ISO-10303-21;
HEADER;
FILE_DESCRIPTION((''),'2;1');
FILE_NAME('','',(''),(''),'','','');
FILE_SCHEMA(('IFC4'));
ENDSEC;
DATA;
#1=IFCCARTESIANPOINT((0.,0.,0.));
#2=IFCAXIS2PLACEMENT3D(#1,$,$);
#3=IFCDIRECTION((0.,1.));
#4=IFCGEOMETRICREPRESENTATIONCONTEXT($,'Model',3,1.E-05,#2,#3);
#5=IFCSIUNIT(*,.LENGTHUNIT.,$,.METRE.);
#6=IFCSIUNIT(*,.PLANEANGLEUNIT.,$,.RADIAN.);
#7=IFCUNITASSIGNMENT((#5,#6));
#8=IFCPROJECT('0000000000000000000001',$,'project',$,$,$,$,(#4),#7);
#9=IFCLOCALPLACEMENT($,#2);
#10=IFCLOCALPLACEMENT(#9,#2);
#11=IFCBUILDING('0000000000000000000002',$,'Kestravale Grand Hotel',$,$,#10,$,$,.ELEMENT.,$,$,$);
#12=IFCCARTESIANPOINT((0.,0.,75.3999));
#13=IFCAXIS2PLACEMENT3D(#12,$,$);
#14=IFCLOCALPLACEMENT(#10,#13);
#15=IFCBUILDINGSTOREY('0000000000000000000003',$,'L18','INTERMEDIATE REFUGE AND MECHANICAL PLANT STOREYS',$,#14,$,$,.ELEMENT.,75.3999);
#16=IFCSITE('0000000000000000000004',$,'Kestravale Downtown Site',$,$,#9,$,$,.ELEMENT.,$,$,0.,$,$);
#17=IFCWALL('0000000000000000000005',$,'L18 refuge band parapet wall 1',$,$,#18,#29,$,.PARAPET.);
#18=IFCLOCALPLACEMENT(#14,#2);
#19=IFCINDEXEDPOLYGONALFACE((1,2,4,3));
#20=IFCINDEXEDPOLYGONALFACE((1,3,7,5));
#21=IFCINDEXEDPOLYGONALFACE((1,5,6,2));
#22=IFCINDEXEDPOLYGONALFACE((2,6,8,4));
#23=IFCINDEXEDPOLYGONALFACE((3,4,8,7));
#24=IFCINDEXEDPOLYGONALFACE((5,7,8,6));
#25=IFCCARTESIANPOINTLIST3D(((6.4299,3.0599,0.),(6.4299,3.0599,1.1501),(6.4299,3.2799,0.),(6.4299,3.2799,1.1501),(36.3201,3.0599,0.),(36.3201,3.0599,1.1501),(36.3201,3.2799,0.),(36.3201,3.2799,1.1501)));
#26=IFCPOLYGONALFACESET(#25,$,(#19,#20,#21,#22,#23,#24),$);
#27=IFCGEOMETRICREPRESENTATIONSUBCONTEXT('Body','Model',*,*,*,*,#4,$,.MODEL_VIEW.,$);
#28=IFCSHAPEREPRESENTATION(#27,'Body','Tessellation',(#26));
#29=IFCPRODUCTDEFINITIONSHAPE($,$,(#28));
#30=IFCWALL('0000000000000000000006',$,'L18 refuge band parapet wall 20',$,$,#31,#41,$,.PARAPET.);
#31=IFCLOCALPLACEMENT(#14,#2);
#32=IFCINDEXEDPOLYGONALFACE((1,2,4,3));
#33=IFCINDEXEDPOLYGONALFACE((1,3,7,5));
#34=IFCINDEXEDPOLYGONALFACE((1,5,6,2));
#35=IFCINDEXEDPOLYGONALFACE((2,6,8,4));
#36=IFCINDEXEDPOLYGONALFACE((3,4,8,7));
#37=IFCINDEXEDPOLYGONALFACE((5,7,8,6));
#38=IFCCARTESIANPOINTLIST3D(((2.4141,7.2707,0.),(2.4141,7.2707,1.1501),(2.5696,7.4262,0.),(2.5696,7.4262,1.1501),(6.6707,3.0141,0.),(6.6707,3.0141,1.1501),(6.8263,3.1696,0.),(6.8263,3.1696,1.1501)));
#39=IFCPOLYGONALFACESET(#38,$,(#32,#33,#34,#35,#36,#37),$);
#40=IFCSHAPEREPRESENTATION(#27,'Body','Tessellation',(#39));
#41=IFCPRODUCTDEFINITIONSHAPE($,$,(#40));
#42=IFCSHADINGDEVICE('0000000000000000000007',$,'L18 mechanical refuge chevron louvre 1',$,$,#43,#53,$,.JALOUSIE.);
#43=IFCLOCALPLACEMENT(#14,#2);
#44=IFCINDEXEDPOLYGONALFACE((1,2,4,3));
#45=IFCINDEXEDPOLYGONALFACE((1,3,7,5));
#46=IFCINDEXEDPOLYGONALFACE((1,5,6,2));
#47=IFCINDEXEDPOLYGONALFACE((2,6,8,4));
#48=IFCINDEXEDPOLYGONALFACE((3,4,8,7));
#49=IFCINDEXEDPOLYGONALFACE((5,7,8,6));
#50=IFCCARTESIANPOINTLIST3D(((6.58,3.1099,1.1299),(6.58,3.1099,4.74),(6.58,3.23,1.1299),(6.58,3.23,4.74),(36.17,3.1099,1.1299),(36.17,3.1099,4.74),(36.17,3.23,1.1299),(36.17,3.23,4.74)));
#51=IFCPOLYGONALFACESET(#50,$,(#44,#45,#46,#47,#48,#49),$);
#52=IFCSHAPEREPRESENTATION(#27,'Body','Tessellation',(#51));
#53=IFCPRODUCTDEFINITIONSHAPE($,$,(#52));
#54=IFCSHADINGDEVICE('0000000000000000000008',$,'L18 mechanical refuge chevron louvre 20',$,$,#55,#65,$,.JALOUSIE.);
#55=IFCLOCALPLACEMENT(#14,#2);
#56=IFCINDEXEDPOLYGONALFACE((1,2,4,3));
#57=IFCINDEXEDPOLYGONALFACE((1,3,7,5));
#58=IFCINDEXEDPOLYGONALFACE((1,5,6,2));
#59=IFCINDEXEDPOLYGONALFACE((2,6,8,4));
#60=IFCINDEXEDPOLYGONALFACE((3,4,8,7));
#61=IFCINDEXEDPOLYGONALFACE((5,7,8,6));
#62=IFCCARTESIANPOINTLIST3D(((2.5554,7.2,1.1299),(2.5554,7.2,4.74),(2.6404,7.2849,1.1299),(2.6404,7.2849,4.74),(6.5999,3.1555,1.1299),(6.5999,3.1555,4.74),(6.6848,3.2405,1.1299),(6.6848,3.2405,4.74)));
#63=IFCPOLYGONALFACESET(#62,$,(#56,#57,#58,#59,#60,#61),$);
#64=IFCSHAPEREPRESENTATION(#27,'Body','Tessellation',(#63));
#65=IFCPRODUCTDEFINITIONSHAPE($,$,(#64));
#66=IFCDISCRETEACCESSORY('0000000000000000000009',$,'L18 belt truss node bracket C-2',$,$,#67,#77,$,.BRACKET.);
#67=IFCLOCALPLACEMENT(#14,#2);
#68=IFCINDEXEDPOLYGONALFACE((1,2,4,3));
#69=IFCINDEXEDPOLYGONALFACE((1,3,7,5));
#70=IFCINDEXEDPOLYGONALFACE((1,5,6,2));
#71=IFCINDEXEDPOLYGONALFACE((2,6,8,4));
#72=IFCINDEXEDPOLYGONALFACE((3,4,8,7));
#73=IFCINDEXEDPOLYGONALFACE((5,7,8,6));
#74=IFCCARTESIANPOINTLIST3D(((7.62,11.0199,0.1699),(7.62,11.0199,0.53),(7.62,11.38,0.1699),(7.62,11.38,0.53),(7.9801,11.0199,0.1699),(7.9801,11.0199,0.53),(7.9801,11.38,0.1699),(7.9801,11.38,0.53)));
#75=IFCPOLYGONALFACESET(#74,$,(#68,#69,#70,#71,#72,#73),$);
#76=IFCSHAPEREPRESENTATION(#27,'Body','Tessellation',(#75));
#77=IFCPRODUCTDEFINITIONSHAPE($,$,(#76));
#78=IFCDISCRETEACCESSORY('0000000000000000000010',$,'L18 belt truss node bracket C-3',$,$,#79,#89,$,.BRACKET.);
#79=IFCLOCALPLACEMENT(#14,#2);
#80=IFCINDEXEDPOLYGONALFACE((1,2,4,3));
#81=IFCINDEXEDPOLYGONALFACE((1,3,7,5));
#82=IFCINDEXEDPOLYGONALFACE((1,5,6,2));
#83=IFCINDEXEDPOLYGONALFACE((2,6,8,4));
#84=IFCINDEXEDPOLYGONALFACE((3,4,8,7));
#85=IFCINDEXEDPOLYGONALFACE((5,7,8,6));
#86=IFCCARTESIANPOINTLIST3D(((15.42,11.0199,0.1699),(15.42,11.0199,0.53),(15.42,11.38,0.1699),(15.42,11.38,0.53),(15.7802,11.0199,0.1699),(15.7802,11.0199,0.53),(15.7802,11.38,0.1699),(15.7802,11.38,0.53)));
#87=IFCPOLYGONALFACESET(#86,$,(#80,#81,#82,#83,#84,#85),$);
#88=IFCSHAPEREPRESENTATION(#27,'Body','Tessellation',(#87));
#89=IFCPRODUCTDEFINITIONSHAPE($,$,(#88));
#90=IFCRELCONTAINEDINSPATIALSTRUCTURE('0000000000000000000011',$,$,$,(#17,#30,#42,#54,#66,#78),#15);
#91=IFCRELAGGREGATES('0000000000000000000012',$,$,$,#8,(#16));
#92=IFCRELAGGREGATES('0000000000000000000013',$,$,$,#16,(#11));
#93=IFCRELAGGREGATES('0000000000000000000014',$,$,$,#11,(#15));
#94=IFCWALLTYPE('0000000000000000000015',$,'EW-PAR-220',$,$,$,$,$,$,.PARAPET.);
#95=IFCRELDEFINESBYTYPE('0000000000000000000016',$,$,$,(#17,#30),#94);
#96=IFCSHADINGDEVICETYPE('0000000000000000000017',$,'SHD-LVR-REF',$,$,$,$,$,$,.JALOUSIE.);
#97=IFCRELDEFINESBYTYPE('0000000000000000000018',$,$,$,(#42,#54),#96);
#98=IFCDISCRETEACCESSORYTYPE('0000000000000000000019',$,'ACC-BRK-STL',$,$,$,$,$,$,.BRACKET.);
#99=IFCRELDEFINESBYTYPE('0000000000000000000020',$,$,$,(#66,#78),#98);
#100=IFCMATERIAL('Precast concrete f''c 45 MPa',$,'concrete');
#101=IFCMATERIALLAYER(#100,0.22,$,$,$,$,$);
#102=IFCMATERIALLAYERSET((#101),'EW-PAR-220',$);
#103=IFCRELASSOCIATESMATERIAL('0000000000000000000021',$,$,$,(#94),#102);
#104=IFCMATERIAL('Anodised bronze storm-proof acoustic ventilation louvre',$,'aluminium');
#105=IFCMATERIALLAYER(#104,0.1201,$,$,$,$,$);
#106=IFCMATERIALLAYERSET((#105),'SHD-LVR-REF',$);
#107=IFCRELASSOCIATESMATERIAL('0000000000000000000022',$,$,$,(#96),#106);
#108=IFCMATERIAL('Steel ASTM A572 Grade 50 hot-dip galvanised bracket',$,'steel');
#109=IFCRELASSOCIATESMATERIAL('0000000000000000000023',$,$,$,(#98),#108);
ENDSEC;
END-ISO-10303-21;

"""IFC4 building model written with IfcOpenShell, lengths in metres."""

from ifc_helpers import new_model, si_unit, direction, frame, frame_2d, origin, origin_2d, place, context, subcontext, project, spatial, rectangle, extrude, material, layer, layer_set, type_object, element, save


model = new_model("IFC4")

# Units and contexts
model_context = context("Model", 3, precision=1e-05, world=origin(), true_north=direction((0.0, 1.0)))
body_context = subcontext(model_context, "Body", "Model", "MODEL_VIEW")
ifc_project = project(units=[si_unit("LENGTHUNIT", "METRE"), si_unit("PLANEANGLEUNIT", "RADIAN")], contexts=[model_context])

# Site, building, storey
site_placement = place(None, origin())
site = spatial("IfcSite", under=ifc_project, at=site_placement, Name="Kestravale Downtown Site", CompositionType="ELEMENT", RefElevation=0.0)
building_placement = place(site_placement, origin())
building = spatial("IfcBuilding", under=site, at=building_placement, Name="Kestravale Grand Hotel", CompositionType="ELEMENT")
storey_placement = place(building_placement, frame((0.0, 0.0, 75.3999)))
storey = spatial("IfcBuildingStorey", under=building, at=storey_placement, Name="L18", Description="INTERMEDIATE REFUGE AND MECHANICAL PLANT STOREYS", CompositionType="ELEMENT", Elevation=75.3999)

# Walls
ifc_material_1 = material(Name="Precast concrete f'c 45 MPa", Category="concrete")
ifc_layer_1 = layer(ifc_material_1, 0.22)
ifc_layer_set_1 = layer_set([ifc_layer_1], Name="EW-PAR-220")
wall_type = type_object("IfcWallType", Name="EW-PAR-220", PredefinedType="PARAPET", material=ifc_layer_set_1)
wall_1_placement = place(storey_placement, frame((6.4299, 3.1699, 0.0), z_axis=(0.0, 0.0, 1.0), x_axis=(1.0, 0.0, 0.0)))
element("IfcWall", 1, at=wall_1_placement, inside=storey, type_object=wall_type, Name="L18 refuge band parapet wall 1", PredefinedType="PARAPET", context=body_context, shape_type="SweptSolid", body=[
    extrude(rectangle(XDim=29.8901, YDim=0.22, at=frame_2d((14.9451, 0.0))), origin(), (0.0, 0.0, 1.0), 1.1501),
])
wall_2_placement = place(storey_placement, frame((2.4919, 7.3484, 0.0), z_axis=(0.0, 0.0, 1.0), x_axis=(0.707107, -0.707107, 0.0)))
element("IfcWall", 2, at=wall_2_placement, inside=storey, type_object=wall_type, Name="L18 refuge band parapet wall 20", PredefinedType="PARAPET", context=body_context, shape_type="SweptSolid", body=[
    extrude(rectangle(XDim=6.0198, YDim=0.22, at=frame_2d((3.0098, 0.0))), origin(), (0.0, 0.0, 1.0), 1.1501),
])

# Shading devices
ifc_material_2 = material(Name="Anodised bronze storm-proof acoustic ventilation louvre", Category="aluminium")
ifc_layer_2 = layer(ifc_material_2, 0.1201)
ifc_layer_set_2 = layer_set([ifc_layer_2], Name="SHD-LVR-REF")
shading_device_type = type_object("IfcShadingDeviceType", Name="SHD-LVR-REF", PredefinedType="JALOUSIE", material=ifc_layer_set_2)
shading_device_1_placement = place(storey_placement, frame((21.375, 3.1699, 1.1299), z_axis=(0.0, 0.0, 1.0), x_axis=(1.0, 0.0, 0.0)))
element("IfcShadingDevice", 3, at=shading_device_1_placement, inside=storey, type_object=shading_device_type, Name="L18 mechanical refuge chevron louvre 1", PredefinedType="JALOUSIE", context=body_context, shape_type="SweptSolid", body=[
    extrude(rectangle(XDim=29.5901, YDim=0.1201, at=origin_2d()), origin(), (0.0, 0.0, 1.0), 3.6101),
])
shading_device_2_placement = place(storey_placement, frame((4.6201, 5.2202, 1.1299), z_axis=(0.0, 0.0, 1.0), x_axis=(0.707107, -0.707107, 0.0)))
element("IfcShadingDevice", 4, at=shading_device_2_placement, inside=storey, type_object=shading_device_type, Name="L18 mechanical refuge chevron louvre 20", PredefinedType="JALOUSIE", context=body_context, shape_type="SweptSolid", body=[
    extrude(rectangle(XDim=5.7197, YDim=0.1201, at=origin_2d()), origin(), (0.0, 0.0, 1.0), 3.6101),
])

# Discrete accessories
ifc_material_3 = material(Name="Steel ASTM A572 Grade 50 hot-dip galvanised bracket", Category="steel")
discrete_accessory_type = type_object("IfcDiscreteAccessoryType", Name="ACC-BRK-STL", PredefinedType="BRACKET", material=ifc_material_3)
for number, where, z_axis, x_axis, name in (
    (5, (7.8, 11.2, 0.1699), (0.0, 0.0, 1.0), (1.0, 0.0, 0.0), "L18 belt truss node bracket C-2"),
    (6, (15.6001, 11.2, 0.1699), (0.0, 0.0, 1.0), (1.0, 0.0, 0.0), "L18 belt truss node bracket C-3"),
):
    element("IfcDiscreteAccessory", number, at=place(storey_placement, frame(where, z_axis=z_axis, x_axis=x_axis)), inside=storey, type_object=discrete_accessory_type, Name=name, PredefinedType="BRACKET", context=body_context, shape_type="SweptSolid", body=[
        extrude(rectangle(XDim=0.3601, YDim=0.3601, at=origin_2d()), origin(), (0.0, 0.0, 1.0), 0.3601),
    ])

save(model, "model.ifc")
